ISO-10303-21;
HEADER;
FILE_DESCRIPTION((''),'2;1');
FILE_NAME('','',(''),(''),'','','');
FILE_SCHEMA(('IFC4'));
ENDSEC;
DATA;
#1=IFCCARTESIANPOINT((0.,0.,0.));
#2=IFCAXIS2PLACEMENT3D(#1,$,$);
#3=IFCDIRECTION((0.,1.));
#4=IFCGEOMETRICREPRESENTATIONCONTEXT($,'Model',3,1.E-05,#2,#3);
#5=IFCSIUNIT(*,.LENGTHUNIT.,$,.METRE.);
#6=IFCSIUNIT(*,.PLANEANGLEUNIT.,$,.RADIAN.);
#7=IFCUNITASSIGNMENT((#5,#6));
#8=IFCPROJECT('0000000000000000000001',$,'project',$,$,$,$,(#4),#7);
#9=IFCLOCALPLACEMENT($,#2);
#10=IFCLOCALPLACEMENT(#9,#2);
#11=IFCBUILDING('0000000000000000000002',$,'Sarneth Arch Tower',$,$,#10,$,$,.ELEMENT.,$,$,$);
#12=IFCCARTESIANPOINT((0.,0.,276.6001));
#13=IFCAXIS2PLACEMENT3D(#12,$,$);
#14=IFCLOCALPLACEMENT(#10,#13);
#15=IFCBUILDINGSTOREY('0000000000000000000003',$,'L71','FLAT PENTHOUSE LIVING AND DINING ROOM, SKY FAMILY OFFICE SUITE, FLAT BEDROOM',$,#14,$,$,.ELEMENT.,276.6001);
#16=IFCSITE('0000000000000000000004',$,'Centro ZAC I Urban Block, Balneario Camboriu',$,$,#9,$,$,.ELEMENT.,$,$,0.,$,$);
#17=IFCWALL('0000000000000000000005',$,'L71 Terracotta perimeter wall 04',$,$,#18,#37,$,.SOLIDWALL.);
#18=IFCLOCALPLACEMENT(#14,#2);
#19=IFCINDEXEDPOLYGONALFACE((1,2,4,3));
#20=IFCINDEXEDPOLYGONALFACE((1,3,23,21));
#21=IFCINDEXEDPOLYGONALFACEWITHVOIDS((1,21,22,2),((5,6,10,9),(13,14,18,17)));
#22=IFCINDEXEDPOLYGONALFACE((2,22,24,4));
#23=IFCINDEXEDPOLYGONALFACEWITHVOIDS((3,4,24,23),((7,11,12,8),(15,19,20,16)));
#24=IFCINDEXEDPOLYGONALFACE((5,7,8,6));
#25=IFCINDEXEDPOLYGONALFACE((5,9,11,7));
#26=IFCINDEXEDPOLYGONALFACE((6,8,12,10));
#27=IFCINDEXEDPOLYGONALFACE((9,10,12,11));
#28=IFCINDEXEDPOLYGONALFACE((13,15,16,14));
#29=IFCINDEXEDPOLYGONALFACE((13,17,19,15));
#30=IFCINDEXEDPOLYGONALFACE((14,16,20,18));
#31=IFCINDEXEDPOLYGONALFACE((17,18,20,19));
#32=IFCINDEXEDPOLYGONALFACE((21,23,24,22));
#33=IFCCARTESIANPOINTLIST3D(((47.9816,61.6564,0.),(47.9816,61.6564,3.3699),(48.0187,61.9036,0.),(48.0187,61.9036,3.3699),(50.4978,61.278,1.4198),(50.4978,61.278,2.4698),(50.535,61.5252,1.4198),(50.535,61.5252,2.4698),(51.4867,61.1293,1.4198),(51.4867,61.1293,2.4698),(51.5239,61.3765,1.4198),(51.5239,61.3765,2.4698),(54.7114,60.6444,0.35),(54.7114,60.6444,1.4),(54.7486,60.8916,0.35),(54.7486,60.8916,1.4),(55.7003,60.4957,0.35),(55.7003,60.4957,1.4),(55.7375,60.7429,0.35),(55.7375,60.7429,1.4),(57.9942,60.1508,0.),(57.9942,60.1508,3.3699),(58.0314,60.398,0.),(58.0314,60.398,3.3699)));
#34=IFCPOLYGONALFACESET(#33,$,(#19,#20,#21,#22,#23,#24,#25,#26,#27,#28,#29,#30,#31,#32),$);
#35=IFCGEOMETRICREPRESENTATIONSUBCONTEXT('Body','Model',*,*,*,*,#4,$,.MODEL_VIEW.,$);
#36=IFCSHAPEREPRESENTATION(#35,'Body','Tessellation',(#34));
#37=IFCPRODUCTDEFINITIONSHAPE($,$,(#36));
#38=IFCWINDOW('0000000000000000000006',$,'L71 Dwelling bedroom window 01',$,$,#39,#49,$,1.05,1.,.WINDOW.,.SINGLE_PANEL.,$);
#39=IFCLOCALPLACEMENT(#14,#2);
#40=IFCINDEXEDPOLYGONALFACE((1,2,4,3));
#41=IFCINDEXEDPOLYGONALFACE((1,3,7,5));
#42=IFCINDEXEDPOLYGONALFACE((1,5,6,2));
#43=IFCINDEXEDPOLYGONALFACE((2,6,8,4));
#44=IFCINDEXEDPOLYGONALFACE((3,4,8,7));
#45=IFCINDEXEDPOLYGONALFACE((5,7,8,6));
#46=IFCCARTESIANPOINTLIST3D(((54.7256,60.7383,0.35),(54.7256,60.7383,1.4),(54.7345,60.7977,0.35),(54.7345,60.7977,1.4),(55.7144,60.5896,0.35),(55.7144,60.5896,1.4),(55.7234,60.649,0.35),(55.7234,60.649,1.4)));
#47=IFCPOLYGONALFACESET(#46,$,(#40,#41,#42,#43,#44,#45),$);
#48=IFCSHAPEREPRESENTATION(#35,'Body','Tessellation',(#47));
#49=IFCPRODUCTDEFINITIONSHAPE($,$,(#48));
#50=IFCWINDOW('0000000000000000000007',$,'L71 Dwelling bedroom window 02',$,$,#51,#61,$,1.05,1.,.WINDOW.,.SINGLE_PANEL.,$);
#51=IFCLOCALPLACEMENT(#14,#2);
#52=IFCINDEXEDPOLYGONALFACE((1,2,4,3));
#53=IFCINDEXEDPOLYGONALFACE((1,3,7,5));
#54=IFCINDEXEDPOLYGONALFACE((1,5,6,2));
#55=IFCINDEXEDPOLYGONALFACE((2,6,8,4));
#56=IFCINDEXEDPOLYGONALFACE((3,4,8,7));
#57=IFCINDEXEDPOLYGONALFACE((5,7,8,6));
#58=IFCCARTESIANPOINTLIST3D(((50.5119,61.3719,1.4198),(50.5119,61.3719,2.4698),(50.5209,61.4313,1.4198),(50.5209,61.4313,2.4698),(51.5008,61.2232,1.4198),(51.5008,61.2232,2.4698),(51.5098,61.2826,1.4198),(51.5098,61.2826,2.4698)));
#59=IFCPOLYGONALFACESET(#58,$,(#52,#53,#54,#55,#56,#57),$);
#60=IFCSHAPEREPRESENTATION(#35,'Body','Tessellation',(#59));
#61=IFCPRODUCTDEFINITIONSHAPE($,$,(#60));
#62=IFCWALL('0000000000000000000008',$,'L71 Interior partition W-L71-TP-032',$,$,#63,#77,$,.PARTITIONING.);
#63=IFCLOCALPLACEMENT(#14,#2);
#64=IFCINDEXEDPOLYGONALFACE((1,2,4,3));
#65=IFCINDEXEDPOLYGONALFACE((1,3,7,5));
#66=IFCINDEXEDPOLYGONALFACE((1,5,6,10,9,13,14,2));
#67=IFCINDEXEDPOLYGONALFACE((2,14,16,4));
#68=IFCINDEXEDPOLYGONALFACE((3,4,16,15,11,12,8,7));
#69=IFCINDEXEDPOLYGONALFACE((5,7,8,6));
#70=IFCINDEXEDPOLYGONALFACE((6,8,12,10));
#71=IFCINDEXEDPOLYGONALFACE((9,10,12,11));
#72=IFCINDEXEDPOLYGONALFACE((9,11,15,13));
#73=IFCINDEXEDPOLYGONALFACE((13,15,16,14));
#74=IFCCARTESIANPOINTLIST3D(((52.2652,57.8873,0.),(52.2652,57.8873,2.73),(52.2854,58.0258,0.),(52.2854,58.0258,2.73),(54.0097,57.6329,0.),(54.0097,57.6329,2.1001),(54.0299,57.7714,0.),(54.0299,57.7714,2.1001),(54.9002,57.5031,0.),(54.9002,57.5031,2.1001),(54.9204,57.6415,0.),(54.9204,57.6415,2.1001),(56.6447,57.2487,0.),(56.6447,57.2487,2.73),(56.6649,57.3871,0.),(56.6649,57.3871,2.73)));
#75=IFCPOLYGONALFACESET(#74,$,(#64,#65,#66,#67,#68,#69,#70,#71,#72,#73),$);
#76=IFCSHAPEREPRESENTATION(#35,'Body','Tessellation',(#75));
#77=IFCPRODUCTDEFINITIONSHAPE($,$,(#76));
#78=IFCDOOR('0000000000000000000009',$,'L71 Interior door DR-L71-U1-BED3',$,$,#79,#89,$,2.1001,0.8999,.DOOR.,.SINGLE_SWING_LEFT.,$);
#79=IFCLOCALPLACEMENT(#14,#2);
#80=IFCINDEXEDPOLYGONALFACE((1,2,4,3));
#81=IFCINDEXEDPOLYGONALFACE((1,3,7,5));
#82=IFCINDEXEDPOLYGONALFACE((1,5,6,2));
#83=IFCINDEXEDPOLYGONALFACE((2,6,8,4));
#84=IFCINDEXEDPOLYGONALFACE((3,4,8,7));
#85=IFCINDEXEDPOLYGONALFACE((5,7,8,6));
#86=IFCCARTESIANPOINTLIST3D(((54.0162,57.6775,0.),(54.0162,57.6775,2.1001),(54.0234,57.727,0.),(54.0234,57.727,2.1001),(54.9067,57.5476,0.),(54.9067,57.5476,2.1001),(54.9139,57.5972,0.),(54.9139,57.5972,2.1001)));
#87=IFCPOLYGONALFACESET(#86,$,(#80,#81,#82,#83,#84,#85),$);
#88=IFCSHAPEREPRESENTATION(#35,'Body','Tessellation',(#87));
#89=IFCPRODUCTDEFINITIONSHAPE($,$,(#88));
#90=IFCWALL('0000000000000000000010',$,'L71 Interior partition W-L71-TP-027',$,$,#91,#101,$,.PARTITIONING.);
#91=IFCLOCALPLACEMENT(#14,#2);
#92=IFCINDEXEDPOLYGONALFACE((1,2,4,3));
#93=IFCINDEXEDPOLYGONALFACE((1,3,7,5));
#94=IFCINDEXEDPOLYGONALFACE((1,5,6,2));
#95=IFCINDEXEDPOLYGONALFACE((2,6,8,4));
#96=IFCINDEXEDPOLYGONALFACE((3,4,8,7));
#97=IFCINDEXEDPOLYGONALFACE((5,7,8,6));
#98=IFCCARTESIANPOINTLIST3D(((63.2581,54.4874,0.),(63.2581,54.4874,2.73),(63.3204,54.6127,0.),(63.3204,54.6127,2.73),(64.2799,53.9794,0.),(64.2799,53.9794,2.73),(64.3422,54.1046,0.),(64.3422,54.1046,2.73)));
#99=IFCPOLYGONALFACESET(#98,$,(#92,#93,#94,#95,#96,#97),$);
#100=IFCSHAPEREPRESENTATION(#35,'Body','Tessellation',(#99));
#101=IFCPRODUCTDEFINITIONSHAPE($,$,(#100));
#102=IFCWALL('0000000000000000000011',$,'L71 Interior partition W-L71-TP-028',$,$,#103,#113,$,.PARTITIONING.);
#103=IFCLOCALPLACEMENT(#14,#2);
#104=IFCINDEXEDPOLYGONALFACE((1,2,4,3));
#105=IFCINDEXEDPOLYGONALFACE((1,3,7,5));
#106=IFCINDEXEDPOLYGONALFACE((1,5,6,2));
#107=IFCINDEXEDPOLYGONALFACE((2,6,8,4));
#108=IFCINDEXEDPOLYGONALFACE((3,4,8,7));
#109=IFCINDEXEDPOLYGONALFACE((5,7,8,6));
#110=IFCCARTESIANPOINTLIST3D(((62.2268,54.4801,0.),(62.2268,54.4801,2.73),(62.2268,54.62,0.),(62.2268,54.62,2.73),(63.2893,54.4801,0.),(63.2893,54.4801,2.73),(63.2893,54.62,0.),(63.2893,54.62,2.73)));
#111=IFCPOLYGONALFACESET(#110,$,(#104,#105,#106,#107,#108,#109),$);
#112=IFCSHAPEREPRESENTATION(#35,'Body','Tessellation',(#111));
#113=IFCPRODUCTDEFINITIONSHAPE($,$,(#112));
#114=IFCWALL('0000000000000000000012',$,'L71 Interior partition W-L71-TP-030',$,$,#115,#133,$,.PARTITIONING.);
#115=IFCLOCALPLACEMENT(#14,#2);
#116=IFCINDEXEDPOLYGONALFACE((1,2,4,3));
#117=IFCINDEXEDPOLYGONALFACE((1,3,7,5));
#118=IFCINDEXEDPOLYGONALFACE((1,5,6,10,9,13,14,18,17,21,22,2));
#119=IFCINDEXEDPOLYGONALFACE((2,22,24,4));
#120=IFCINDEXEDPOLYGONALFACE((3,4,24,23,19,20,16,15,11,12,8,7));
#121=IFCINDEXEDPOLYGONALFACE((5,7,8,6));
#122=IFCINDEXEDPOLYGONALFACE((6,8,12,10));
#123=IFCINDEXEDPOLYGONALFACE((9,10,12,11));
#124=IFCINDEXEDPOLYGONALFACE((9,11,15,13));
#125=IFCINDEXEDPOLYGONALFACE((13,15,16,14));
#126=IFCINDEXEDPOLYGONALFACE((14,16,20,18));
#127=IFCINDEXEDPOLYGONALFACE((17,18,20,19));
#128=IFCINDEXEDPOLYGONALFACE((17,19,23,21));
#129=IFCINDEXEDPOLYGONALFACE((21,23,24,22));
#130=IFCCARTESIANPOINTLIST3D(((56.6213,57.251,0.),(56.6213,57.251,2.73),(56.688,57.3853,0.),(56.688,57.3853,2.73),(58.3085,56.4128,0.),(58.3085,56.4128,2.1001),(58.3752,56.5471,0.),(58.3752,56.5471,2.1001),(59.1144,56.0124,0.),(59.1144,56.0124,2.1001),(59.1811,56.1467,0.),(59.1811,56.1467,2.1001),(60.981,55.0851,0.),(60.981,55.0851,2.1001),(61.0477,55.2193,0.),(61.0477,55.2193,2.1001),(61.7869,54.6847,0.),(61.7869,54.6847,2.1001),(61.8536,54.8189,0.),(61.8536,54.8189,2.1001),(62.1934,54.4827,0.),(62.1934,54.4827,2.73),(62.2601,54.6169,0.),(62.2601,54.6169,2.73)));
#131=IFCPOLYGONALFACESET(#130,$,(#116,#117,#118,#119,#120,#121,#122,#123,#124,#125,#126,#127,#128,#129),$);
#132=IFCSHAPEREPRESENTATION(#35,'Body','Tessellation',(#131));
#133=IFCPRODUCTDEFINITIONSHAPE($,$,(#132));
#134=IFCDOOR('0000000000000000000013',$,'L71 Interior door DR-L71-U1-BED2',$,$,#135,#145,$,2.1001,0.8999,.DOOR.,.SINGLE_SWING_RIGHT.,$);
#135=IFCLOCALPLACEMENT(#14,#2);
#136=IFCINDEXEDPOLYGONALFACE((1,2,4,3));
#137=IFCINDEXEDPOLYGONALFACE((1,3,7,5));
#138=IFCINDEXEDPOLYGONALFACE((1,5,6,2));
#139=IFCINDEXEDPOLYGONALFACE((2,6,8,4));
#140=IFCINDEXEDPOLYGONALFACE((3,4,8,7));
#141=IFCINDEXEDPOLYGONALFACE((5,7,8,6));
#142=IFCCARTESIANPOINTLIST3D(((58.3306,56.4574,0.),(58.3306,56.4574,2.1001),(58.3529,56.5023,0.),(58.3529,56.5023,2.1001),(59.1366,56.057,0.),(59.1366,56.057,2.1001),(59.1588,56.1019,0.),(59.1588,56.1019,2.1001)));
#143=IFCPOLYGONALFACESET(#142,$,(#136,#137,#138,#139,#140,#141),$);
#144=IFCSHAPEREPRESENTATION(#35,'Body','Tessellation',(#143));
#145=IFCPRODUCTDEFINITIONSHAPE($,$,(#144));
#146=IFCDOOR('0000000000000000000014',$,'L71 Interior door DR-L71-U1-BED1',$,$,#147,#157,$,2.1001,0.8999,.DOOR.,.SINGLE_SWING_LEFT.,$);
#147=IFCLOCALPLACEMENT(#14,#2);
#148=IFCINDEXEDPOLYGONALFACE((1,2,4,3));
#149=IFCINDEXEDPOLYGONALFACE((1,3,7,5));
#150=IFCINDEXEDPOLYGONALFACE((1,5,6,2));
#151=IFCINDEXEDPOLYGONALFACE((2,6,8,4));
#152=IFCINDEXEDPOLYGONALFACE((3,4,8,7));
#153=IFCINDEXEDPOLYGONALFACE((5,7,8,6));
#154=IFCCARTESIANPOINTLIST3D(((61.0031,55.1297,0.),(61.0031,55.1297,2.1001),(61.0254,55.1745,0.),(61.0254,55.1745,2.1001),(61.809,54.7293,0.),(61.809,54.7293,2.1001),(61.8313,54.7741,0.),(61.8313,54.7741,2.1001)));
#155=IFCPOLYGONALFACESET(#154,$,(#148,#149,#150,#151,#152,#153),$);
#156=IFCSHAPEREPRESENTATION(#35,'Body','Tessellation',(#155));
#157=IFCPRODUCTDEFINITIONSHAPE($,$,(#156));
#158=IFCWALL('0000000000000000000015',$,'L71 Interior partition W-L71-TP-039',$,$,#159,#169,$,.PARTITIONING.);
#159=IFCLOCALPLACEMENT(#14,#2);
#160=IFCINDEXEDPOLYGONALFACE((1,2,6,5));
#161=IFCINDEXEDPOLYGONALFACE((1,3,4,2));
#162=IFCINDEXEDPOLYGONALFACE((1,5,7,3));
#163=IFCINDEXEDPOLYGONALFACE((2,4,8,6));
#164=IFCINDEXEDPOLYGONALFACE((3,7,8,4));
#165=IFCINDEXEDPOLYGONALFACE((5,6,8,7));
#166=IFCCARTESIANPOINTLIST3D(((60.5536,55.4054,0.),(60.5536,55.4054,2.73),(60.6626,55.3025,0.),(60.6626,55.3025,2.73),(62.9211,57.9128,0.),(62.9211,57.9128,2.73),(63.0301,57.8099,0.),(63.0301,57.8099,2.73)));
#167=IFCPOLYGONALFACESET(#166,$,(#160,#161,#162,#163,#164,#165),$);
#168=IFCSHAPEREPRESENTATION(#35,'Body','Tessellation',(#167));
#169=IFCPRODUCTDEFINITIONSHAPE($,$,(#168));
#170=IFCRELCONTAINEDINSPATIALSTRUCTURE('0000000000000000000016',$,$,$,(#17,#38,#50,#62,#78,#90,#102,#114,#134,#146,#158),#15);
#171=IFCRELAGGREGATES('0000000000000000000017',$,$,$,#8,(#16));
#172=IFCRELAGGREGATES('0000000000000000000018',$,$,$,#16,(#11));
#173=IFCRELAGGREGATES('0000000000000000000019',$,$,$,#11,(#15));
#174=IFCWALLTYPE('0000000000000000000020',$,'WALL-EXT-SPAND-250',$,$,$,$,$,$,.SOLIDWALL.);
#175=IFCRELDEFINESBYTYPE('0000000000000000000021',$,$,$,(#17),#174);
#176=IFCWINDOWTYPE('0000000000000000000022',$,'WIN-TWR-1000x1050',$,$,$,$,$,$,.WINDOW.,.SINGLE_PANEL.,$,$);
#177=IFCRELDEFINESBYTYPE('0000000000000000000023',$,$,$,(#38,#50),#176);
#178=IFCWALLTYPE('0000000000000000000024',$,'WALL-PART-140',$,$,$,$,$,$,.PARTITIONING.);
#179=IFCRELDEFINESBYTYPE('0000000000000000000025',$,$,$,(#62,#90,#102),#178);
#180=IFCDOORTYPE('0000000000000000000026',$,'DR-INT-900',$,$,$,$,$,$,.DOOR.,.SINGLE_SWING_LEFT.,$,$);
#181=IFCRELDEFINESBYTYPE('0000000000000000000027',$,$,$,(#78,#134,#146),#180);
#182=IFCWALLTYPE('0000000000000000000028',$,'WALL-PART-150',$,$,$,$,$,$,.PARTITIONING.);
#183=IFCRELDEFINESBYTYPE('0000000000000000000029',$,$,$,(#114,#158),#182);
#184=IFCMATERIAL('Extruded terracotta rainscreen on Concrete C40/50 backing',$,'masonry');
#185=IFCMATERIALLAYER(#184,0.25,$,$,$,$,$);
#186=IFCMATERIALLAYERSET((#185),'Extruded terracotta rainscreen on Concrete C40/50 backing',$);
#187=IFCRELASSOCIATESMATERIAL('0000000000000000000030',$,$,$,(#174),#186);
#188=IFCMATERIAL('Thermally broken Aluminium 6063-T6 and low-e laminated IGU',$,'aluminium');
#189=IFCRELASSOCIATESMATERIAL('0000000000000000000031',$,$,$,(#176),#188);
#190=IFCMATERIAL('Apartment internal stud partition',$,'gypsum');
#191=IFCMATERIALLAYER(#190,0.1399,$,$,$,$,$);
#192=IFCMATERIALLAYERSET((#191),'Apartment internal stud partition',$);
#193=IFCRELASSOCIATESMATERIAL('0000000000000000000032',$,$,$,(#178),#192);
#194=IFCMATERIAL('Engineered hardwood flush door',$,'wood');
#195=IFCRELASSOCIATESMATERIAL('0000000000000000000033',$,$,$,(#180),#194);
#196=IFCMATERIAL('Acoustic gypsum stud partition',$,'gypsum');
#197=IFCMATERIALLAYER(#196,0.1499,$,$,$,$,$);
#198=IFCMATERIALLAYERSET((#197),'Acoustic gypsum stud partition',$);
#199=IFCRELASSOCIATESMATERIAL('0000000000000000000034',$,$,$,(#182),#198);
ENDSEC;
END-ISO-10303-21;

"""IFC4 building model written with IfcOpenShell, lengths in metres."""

from ifc_helpers import new_model, si_unit, direction, frame, frame_2d, origin, place, context, subcontext, project, spatial, rectangle, extrude, material, layer, layer_set, type_object, element, fill, save


model = new_model("IFC4")

# Units and contexts
model_context = context("Model", 3, precision=1e-05, world=origin(), true_north=direction((0.0, 1.0)))
body_context = subcontext(model_context, "Body", "Model", "MODEL_VIEW")
ifc_project = project(units=[si_unit("LENGTHUNIT", "METRE"), si_unit("PLANEANGLEUNIT", "RADIAN")], contexts=[model_context])

# Site, building, storey
site_placement = place(None, origin())
site = spatial("IfcSite", under=ifc_project, at=site_placement, Name="Centro ZAC I Urban Block, Balneario Camboriu", CompositionType="ELEMENT", RefElevation=0.0)
building_placement = place(site_placement, origin())
building = spatial("IfcBuilding", under=site, at=building_placement, Name="Sarneth Arch Tower", CompositionType="ELEMENT")
storey_placement = place(building_placement, frame((0.0, 0.0, 276.6001)))
storey = spatial("IfcBuildingStorey", under=building, at=storey_placement, Name="L71", Description="FLAT PENTHOUSE LIVING AND DINING ROOM, SKY FAMILY OFFICE SUITE, FLAT BEDROOM", CompositionType="ELEMENT", Elevation=276.6001)

# Wall, openings, windows
ifc_material_1 = material(Name="Extruded terracotta rainscreen on Concrete C40/50 backing", Category="masonry")
ifc_layer_1 = layer(ifc_material_1, 0.25)
ifc_layer_set_1 = layer_set([ifc_layer_1], Name="Extruded terracotta rainscreen on Concrete C40/50 backing")
wall_type_1 = type_object("IfcWallType", Name="WALL-EXT-SPAND-250", PredefinedType="SOLIDWALL", material=ifc_layer_set_1)
wall_1_placement = place(storey_placement, frame((58.0127, 60.2744, 0.0), z_axis=(0.0, 0.0, 1.0), x_axis=(-0.988883, 0.148699, 0.0)))
wall_1 = element("IfcWall", 1, at=wall_1_placement, inside=storey, type_object=wall_type_1, Name="L71 Terracotta perimeter wall 04", PredefinedType="SOLIDWALL", context=body_context, shape_type="SweptSolid", body=[
    extrude(rectangle(XDim=10.1252, YDim=0.25, at=frame_2d((5.0625, 0.0))), origin(), (0.0, 0.0, 1.0), 3.3699),
])
opening_1_placement = place(wall_1_placement, frame((2.3196, 0.0, 0.3501)))
opening_1 = element("IfcOpeningElement", 2, at=opening_1_placement, cuts=wall_1, PredefinedType="OPENING", context=body_context, shape_type="SweptSolid", body=[
    extrude(rectangle(XDim=1.0, YDim=1.05, at=frame_2d((0.5, 0.5249))), frame((0.0, 0.135, 0.0), z_axis=(0.0, -1.0, 0.0), x_axis=(1.0, 0.0, 0.0)), (0.0, 0.0, 1.0), 0.27),
])
opening_2_placement = place(wall_1_placement, frame((6.5806, 0.0, 1.4199)))
opening_2 = element("IfcOpeningElement", 3, at=opening_2_placement, cuts=wall_1, PredefinedType="OPENING", context=body_context, shape_type="SweptSolid", body=[
    extrude(rectangle(XDim=1.0, YDim=1.05, at=frame_2d((0.5, 0.5249))), frame((0.0, 0.135, 0.0), z_axis=(0.0, -1.0, 0.0), x_axis=(1.0, 0.0, 0.0)), (0.0, 0.0, 1.0), 0.27),
])
ifc_material_2 = material(Name="Thermally broken Aluminium 6063-T6 and low-e laminated IGU", Category="aluminium")
window_type = type_object("IfcWindowType", Name="WIN-TWR-1000x1050", PartitioningType="SINGLE_PANEL", PredefinedType="WINDOW", material=ifc_material_2)
window_1_placement = place(opening_1_placement, origin())
window_1 = element("IfcWindow", 4, at=window_1_placement, inside=storey, type_object=window_type, Name="L71 Dwelling bedroom window 01", OverallHeight=1.05, OverallWidth=1.0, PartitioningType="SINGLE_PANEL", PredefinedType="WINDOW", context=body_context, shape_type="SweptSolid", body=[
    extrude(rectangle(XDim=1.0, YDim=1.05, at=frame_2d((0.5, 0.5249))), frame((0.0, 0.03, 0.0), z_axis=(0.0, -1.0, 0.0), x_axis=(1.0, 0.0, 0.0)), (0.0, 0.0, 1.0), 0.0601),
])
fill(opening_1, window_1)
window_2_placement = place(opening_2_placement, origin())
window_2 = element("IfcWindow", 5, at=window_2_placement, inside=storey, type_object=window_type, Name="L71 Dwelling bedroom window 02", OverallHeight=1.05, OverallWidth=1.0, PartitioningType="SINGLE_PANEL", PredefinedType="WINDOW", context=body_context, shape_type="SweptSolid", body=[
    extrude(rectangle(XDim=1.0, YDim=1.05, at=frame_2d((0.5, 0.5249))), frame((0.0, 0.03, 0.0), z_axis=(0.0, -1.0, 0.0), x_axis=(1.0, 0.0, 0.0)), (0.0, 0.0, 1.0), 0.0601),
])
fill(opening_2, window_2)

# Wall, opening, door
ifc_material_3 = material(Name="Apartment internal stud partition", Category="gypsum")
ifc_layer_2 = layer(ifc_material_3, 0.1399)
ifc_layer_set_2 = layer_set([ifc_layer_2], Name="Apartment internal stud partition")
wall_type_2 = type_object("IfcWallType", Name="WALL-PART-140", PredefinedType="PARTITIONING", material=ifc_layer_set_2)
wall_2_placement = place(storey_placement, frame((56.6548, 57.3179, 0.0), z_axis=(0.0, 0.0, 1.0), x_axis=(-0.989533, 0.144309, 0.0)))
wall_2 = element("IfcWall", 6, at=wall_2_placement, inside=storey, type_object=wall_type_2, Name="L71 Interior partition W-L71-TP-032", PredefinedType="PARTITIONING", context=body_context, shape_type="SweptSolid", body=[
    extrude(rectangle(XDim=4.4258, YDim=0.1399, at=frame_2d((2.2129, 0.0))), origin(), (0.0, 0.0, 1.0), 2.73),
])
opening_3_placement = place(wall_2_placement, frame((1.7629, 0.0, 0.0)))
opening_3 = element("IfcOpeningElement", 7, at=opening_3_placement, cuts=wall_2, PredefinedType="OPENING", context=body_context, shape_type="SweptSolid", body=[
    extrude(rectangle(XDim=0.8999, YDim=2.1001, at=frame_2d((0.45, 1.05))), frame((0.0, 0.0798, 0.0), z_axis=(0.0, -1.0, 0.0), x_axis=(1.0, 0.0, 0.0)), (0.0, 0.0, 1.0), 0.1599),
])
ifc_material_4 = material(Name="Engineered hardwood flush door", Category="wood")
door_type_1 = type_object("IfcDoorType", Name="DR-INT-900", OperationType="SINGLE_SWING_LEFT", PredefinedType="DOOR", material=ifc_material_4)
door_1_placement = place(opening_3_placement, origin())
door_1 = element("IfcDoor", 8, at=door_1_placement, inside=storey, type_object=door_type_1, Name="L71 Interior door DR-L71-U1-BED3", OperationType="SINGLE_SWING_LEFT", OverallHeight=2.1001, OverallWidth=0.8999, PredefinedType="DOOR", context=body_context, shape_type="SweptSolid", body=[
    extrude(rectangle(XDim=0.8999, YDim=2.1001, at=frame_2d((0.45, 1.05))), frame((0.0, 0.0249, 0.0), z_axis=(0.0, -1.0, 0.0), x_axis=(1.0, 0.0, 0.0)), (0.0, 0.0, 1.0), 0.05),
])
fill(opening_3, door_1)

# Walls
wall_3_placement = place(storey_placement, frame((64.311, 54.042, 0.0), z_axis=(0.0, 0.0, 1.0), x_axis=(-0.895409, 0.445244, 0.0)))
element("IfcWall", 9, at=wall_3_placement, inside=storey, type_object=wall_type_2, Name="L71 Interior partition W-L71-TP-027", PredefinedType="PARTITIONING", context=body_context, shape_type="SweptSolid", body=[
    extrude(rectangle(XDim=1.1411, YDim=0.1399, at=frame_2d((0.5706, 0.0))), origin(), (0.0, 0.0, 1.0), 2.73),
])
wall_4_placement = place(storey_placement, frame((63.2893, 54.55, 0.0), z_axis=(0.0, 0.0, 1.0), x_axis=(-1.0, 0.0, 0.0)))
element("IfcWall", 10, at=wall_4_placement, inside=storey, type_object=wall_type_2, Name="L71 Interior partition W-L71-TP-028", PredefinedType="PARTITIONING", context=body_context, shape_type="SweptSolid", body=[
    extrude(rectangle(XDim=1.0625, YDim=0.1399, at=frame_2d((0.5312, 0.0))), origin(), (0.0, 0.0, 1.0), 2.73),
])

# Wall, openings, doors
ifc_material_5 = material(Name="Acoustic gypsum stud partition", Category="gypsum")
ifc_layer_3 = layer(ifc_material_5, 0.1499)
ifc_layer_set_3 = layer_set([ifc_layer_3], Name="Acoustic gypsum stud partition")
wall_type_3 = type_object("IfcWallType", Name="WALL-PART-150", PredefinedType="PARTITIONING", material=ifc_layer_set_3)
wall_5_placement = place(storey_placement, frame((56.6548, 57.3181, 0.0), z_axis=(0.0, 0.0, 1.0), x_axis=(0.895562, -0.444936, 0.0)))
wall_5 = element("IfcWall", 11, at=wall_5_placement, inside=storey, type_object=wall_type_3, Name="L71 Interior partition W-L71-TP-030", PredefinedType="PARTITIONING", context=body_context, shape_type="SweptSolid", body=[
    extrude(rectangle(XDim=6.2219, YDim=0.1499, at=frame_2d((3.1108, 0.0))), origin(), (0.0, 0.0, 1.0), 2.73),
])
opening_4_placement = place(wall_5_placement, frame((1.8838, 0.0, 0.0)))
opening_4 = element("IfcOpeningElement", 12, at=opening_4_placement, cuts=wall_5, PredefinedType="OPENING", context=body_context, shape_type="SweptSolid", body=[
    extrude(rectangle(XDim=0.8999, YDim=2.1001, at=frame_2d((0.45, 1.05))), frame((0.0, 0.085, 0.0), z_axis=(0.0, -1.0, 0.0), x_axis=(1.0, 0.0, 0.0)), (0.0, 0.0, 1.0), 0.1699),
])
opening_5_placement = place(wall_5_placement, frame((4.8679, 0.0, 0.0)))
opening_5 = element("IfcOpeningElement", 13, at=opening_5_placement, cuts=wall_5, PredefinedType="OPENING", context=body_context, shape_type="SweptSolid", body=[
    extrude(rectangle(XDim=0.8999, YDim=2.1001, at=frame_2d((0.45, 1.05))), frame((0.0, 0.085, 0.0), z_axis=(0.0, -1.0, 0.0), x_axis=(1.0, 0.0, 0.0)), (0.0, 0.0, 1.0), 0.1699),
])
door_2_placement = place(opening_4_placement, origin())
door_2 = element("IfcDoor", 14, at=door_2_placement, inside=storey, type_object=door_type_1, Name="L71 Interior door DR-L71-U1-BED2", OperationType="SINGLE_SWING_RIGHT", OverallHeight=2.1001, OverallWidth=0.8999, PredefinedType="DOOR", context=body_context, shape_type="SweptSolid", body=[
    extrude(rectangle(XDim=0.8999, YDim=2.1001, at=frame_2d((0.45, 1.05))), frame((0.0, 0.0249, 0.0), z_axis=(0.0, -1.0, 0.0), x_axis=(1.0, 0.0, 0.0)), (0.0, 0.0, 1.0), 0.05),
])
fill(opening_4, door_2)
door_3_placement = place(opening_5_placement, origin())
door_3 = element("IfcDoor", 15, at=door_3_placement, inside=storey, type_object=door_type_1, Name="L71 Interior door DR-L71-U1-BED1", OperationType="SINGLE_SWING_LEFT", OverallHeight=2.1001, OverallWidth=0.8999, PredefinedType="DOOR", context=body_context, shape_type="SweptSolid", body=[
    extrude(rectangle(XDim=0.8999, YDim=2.1001, at=frame_2d((0.45, 1.05))), frame((0.0, 0.0249, 0.0), z_axis=(0.0, -1.0, 0.0), x_axis=(1.0, 0.0, 0.0)), (0.0, 0.0, 1.0), 0.05),
])
fill(opening_5, door_3)

# Wall
wall_6_placement = place(storey_placement, frame((60.6082, 55.354, 0.0), z_axis=(0.0, 0.0, 1.0), x_axis=(0.686532, 0.7271, 0.0)))
element("IfcWall", 16, at=wall_6_placement, inside=storey, type_object=wall_type_3, Name="L71 Interior partition W-L71-TP-039", PredefinedType="PARTITIONING", context=body_context, shape_type="SweptSolid", body=[
    extrude(rectangle(XDim=3.4485, YDim=0.1499, at=frame_2d((1.7241, 0.0))), origin(), (0.0, 0.0, 1.0), 2.73),
])

save(model, "model.ifc")
